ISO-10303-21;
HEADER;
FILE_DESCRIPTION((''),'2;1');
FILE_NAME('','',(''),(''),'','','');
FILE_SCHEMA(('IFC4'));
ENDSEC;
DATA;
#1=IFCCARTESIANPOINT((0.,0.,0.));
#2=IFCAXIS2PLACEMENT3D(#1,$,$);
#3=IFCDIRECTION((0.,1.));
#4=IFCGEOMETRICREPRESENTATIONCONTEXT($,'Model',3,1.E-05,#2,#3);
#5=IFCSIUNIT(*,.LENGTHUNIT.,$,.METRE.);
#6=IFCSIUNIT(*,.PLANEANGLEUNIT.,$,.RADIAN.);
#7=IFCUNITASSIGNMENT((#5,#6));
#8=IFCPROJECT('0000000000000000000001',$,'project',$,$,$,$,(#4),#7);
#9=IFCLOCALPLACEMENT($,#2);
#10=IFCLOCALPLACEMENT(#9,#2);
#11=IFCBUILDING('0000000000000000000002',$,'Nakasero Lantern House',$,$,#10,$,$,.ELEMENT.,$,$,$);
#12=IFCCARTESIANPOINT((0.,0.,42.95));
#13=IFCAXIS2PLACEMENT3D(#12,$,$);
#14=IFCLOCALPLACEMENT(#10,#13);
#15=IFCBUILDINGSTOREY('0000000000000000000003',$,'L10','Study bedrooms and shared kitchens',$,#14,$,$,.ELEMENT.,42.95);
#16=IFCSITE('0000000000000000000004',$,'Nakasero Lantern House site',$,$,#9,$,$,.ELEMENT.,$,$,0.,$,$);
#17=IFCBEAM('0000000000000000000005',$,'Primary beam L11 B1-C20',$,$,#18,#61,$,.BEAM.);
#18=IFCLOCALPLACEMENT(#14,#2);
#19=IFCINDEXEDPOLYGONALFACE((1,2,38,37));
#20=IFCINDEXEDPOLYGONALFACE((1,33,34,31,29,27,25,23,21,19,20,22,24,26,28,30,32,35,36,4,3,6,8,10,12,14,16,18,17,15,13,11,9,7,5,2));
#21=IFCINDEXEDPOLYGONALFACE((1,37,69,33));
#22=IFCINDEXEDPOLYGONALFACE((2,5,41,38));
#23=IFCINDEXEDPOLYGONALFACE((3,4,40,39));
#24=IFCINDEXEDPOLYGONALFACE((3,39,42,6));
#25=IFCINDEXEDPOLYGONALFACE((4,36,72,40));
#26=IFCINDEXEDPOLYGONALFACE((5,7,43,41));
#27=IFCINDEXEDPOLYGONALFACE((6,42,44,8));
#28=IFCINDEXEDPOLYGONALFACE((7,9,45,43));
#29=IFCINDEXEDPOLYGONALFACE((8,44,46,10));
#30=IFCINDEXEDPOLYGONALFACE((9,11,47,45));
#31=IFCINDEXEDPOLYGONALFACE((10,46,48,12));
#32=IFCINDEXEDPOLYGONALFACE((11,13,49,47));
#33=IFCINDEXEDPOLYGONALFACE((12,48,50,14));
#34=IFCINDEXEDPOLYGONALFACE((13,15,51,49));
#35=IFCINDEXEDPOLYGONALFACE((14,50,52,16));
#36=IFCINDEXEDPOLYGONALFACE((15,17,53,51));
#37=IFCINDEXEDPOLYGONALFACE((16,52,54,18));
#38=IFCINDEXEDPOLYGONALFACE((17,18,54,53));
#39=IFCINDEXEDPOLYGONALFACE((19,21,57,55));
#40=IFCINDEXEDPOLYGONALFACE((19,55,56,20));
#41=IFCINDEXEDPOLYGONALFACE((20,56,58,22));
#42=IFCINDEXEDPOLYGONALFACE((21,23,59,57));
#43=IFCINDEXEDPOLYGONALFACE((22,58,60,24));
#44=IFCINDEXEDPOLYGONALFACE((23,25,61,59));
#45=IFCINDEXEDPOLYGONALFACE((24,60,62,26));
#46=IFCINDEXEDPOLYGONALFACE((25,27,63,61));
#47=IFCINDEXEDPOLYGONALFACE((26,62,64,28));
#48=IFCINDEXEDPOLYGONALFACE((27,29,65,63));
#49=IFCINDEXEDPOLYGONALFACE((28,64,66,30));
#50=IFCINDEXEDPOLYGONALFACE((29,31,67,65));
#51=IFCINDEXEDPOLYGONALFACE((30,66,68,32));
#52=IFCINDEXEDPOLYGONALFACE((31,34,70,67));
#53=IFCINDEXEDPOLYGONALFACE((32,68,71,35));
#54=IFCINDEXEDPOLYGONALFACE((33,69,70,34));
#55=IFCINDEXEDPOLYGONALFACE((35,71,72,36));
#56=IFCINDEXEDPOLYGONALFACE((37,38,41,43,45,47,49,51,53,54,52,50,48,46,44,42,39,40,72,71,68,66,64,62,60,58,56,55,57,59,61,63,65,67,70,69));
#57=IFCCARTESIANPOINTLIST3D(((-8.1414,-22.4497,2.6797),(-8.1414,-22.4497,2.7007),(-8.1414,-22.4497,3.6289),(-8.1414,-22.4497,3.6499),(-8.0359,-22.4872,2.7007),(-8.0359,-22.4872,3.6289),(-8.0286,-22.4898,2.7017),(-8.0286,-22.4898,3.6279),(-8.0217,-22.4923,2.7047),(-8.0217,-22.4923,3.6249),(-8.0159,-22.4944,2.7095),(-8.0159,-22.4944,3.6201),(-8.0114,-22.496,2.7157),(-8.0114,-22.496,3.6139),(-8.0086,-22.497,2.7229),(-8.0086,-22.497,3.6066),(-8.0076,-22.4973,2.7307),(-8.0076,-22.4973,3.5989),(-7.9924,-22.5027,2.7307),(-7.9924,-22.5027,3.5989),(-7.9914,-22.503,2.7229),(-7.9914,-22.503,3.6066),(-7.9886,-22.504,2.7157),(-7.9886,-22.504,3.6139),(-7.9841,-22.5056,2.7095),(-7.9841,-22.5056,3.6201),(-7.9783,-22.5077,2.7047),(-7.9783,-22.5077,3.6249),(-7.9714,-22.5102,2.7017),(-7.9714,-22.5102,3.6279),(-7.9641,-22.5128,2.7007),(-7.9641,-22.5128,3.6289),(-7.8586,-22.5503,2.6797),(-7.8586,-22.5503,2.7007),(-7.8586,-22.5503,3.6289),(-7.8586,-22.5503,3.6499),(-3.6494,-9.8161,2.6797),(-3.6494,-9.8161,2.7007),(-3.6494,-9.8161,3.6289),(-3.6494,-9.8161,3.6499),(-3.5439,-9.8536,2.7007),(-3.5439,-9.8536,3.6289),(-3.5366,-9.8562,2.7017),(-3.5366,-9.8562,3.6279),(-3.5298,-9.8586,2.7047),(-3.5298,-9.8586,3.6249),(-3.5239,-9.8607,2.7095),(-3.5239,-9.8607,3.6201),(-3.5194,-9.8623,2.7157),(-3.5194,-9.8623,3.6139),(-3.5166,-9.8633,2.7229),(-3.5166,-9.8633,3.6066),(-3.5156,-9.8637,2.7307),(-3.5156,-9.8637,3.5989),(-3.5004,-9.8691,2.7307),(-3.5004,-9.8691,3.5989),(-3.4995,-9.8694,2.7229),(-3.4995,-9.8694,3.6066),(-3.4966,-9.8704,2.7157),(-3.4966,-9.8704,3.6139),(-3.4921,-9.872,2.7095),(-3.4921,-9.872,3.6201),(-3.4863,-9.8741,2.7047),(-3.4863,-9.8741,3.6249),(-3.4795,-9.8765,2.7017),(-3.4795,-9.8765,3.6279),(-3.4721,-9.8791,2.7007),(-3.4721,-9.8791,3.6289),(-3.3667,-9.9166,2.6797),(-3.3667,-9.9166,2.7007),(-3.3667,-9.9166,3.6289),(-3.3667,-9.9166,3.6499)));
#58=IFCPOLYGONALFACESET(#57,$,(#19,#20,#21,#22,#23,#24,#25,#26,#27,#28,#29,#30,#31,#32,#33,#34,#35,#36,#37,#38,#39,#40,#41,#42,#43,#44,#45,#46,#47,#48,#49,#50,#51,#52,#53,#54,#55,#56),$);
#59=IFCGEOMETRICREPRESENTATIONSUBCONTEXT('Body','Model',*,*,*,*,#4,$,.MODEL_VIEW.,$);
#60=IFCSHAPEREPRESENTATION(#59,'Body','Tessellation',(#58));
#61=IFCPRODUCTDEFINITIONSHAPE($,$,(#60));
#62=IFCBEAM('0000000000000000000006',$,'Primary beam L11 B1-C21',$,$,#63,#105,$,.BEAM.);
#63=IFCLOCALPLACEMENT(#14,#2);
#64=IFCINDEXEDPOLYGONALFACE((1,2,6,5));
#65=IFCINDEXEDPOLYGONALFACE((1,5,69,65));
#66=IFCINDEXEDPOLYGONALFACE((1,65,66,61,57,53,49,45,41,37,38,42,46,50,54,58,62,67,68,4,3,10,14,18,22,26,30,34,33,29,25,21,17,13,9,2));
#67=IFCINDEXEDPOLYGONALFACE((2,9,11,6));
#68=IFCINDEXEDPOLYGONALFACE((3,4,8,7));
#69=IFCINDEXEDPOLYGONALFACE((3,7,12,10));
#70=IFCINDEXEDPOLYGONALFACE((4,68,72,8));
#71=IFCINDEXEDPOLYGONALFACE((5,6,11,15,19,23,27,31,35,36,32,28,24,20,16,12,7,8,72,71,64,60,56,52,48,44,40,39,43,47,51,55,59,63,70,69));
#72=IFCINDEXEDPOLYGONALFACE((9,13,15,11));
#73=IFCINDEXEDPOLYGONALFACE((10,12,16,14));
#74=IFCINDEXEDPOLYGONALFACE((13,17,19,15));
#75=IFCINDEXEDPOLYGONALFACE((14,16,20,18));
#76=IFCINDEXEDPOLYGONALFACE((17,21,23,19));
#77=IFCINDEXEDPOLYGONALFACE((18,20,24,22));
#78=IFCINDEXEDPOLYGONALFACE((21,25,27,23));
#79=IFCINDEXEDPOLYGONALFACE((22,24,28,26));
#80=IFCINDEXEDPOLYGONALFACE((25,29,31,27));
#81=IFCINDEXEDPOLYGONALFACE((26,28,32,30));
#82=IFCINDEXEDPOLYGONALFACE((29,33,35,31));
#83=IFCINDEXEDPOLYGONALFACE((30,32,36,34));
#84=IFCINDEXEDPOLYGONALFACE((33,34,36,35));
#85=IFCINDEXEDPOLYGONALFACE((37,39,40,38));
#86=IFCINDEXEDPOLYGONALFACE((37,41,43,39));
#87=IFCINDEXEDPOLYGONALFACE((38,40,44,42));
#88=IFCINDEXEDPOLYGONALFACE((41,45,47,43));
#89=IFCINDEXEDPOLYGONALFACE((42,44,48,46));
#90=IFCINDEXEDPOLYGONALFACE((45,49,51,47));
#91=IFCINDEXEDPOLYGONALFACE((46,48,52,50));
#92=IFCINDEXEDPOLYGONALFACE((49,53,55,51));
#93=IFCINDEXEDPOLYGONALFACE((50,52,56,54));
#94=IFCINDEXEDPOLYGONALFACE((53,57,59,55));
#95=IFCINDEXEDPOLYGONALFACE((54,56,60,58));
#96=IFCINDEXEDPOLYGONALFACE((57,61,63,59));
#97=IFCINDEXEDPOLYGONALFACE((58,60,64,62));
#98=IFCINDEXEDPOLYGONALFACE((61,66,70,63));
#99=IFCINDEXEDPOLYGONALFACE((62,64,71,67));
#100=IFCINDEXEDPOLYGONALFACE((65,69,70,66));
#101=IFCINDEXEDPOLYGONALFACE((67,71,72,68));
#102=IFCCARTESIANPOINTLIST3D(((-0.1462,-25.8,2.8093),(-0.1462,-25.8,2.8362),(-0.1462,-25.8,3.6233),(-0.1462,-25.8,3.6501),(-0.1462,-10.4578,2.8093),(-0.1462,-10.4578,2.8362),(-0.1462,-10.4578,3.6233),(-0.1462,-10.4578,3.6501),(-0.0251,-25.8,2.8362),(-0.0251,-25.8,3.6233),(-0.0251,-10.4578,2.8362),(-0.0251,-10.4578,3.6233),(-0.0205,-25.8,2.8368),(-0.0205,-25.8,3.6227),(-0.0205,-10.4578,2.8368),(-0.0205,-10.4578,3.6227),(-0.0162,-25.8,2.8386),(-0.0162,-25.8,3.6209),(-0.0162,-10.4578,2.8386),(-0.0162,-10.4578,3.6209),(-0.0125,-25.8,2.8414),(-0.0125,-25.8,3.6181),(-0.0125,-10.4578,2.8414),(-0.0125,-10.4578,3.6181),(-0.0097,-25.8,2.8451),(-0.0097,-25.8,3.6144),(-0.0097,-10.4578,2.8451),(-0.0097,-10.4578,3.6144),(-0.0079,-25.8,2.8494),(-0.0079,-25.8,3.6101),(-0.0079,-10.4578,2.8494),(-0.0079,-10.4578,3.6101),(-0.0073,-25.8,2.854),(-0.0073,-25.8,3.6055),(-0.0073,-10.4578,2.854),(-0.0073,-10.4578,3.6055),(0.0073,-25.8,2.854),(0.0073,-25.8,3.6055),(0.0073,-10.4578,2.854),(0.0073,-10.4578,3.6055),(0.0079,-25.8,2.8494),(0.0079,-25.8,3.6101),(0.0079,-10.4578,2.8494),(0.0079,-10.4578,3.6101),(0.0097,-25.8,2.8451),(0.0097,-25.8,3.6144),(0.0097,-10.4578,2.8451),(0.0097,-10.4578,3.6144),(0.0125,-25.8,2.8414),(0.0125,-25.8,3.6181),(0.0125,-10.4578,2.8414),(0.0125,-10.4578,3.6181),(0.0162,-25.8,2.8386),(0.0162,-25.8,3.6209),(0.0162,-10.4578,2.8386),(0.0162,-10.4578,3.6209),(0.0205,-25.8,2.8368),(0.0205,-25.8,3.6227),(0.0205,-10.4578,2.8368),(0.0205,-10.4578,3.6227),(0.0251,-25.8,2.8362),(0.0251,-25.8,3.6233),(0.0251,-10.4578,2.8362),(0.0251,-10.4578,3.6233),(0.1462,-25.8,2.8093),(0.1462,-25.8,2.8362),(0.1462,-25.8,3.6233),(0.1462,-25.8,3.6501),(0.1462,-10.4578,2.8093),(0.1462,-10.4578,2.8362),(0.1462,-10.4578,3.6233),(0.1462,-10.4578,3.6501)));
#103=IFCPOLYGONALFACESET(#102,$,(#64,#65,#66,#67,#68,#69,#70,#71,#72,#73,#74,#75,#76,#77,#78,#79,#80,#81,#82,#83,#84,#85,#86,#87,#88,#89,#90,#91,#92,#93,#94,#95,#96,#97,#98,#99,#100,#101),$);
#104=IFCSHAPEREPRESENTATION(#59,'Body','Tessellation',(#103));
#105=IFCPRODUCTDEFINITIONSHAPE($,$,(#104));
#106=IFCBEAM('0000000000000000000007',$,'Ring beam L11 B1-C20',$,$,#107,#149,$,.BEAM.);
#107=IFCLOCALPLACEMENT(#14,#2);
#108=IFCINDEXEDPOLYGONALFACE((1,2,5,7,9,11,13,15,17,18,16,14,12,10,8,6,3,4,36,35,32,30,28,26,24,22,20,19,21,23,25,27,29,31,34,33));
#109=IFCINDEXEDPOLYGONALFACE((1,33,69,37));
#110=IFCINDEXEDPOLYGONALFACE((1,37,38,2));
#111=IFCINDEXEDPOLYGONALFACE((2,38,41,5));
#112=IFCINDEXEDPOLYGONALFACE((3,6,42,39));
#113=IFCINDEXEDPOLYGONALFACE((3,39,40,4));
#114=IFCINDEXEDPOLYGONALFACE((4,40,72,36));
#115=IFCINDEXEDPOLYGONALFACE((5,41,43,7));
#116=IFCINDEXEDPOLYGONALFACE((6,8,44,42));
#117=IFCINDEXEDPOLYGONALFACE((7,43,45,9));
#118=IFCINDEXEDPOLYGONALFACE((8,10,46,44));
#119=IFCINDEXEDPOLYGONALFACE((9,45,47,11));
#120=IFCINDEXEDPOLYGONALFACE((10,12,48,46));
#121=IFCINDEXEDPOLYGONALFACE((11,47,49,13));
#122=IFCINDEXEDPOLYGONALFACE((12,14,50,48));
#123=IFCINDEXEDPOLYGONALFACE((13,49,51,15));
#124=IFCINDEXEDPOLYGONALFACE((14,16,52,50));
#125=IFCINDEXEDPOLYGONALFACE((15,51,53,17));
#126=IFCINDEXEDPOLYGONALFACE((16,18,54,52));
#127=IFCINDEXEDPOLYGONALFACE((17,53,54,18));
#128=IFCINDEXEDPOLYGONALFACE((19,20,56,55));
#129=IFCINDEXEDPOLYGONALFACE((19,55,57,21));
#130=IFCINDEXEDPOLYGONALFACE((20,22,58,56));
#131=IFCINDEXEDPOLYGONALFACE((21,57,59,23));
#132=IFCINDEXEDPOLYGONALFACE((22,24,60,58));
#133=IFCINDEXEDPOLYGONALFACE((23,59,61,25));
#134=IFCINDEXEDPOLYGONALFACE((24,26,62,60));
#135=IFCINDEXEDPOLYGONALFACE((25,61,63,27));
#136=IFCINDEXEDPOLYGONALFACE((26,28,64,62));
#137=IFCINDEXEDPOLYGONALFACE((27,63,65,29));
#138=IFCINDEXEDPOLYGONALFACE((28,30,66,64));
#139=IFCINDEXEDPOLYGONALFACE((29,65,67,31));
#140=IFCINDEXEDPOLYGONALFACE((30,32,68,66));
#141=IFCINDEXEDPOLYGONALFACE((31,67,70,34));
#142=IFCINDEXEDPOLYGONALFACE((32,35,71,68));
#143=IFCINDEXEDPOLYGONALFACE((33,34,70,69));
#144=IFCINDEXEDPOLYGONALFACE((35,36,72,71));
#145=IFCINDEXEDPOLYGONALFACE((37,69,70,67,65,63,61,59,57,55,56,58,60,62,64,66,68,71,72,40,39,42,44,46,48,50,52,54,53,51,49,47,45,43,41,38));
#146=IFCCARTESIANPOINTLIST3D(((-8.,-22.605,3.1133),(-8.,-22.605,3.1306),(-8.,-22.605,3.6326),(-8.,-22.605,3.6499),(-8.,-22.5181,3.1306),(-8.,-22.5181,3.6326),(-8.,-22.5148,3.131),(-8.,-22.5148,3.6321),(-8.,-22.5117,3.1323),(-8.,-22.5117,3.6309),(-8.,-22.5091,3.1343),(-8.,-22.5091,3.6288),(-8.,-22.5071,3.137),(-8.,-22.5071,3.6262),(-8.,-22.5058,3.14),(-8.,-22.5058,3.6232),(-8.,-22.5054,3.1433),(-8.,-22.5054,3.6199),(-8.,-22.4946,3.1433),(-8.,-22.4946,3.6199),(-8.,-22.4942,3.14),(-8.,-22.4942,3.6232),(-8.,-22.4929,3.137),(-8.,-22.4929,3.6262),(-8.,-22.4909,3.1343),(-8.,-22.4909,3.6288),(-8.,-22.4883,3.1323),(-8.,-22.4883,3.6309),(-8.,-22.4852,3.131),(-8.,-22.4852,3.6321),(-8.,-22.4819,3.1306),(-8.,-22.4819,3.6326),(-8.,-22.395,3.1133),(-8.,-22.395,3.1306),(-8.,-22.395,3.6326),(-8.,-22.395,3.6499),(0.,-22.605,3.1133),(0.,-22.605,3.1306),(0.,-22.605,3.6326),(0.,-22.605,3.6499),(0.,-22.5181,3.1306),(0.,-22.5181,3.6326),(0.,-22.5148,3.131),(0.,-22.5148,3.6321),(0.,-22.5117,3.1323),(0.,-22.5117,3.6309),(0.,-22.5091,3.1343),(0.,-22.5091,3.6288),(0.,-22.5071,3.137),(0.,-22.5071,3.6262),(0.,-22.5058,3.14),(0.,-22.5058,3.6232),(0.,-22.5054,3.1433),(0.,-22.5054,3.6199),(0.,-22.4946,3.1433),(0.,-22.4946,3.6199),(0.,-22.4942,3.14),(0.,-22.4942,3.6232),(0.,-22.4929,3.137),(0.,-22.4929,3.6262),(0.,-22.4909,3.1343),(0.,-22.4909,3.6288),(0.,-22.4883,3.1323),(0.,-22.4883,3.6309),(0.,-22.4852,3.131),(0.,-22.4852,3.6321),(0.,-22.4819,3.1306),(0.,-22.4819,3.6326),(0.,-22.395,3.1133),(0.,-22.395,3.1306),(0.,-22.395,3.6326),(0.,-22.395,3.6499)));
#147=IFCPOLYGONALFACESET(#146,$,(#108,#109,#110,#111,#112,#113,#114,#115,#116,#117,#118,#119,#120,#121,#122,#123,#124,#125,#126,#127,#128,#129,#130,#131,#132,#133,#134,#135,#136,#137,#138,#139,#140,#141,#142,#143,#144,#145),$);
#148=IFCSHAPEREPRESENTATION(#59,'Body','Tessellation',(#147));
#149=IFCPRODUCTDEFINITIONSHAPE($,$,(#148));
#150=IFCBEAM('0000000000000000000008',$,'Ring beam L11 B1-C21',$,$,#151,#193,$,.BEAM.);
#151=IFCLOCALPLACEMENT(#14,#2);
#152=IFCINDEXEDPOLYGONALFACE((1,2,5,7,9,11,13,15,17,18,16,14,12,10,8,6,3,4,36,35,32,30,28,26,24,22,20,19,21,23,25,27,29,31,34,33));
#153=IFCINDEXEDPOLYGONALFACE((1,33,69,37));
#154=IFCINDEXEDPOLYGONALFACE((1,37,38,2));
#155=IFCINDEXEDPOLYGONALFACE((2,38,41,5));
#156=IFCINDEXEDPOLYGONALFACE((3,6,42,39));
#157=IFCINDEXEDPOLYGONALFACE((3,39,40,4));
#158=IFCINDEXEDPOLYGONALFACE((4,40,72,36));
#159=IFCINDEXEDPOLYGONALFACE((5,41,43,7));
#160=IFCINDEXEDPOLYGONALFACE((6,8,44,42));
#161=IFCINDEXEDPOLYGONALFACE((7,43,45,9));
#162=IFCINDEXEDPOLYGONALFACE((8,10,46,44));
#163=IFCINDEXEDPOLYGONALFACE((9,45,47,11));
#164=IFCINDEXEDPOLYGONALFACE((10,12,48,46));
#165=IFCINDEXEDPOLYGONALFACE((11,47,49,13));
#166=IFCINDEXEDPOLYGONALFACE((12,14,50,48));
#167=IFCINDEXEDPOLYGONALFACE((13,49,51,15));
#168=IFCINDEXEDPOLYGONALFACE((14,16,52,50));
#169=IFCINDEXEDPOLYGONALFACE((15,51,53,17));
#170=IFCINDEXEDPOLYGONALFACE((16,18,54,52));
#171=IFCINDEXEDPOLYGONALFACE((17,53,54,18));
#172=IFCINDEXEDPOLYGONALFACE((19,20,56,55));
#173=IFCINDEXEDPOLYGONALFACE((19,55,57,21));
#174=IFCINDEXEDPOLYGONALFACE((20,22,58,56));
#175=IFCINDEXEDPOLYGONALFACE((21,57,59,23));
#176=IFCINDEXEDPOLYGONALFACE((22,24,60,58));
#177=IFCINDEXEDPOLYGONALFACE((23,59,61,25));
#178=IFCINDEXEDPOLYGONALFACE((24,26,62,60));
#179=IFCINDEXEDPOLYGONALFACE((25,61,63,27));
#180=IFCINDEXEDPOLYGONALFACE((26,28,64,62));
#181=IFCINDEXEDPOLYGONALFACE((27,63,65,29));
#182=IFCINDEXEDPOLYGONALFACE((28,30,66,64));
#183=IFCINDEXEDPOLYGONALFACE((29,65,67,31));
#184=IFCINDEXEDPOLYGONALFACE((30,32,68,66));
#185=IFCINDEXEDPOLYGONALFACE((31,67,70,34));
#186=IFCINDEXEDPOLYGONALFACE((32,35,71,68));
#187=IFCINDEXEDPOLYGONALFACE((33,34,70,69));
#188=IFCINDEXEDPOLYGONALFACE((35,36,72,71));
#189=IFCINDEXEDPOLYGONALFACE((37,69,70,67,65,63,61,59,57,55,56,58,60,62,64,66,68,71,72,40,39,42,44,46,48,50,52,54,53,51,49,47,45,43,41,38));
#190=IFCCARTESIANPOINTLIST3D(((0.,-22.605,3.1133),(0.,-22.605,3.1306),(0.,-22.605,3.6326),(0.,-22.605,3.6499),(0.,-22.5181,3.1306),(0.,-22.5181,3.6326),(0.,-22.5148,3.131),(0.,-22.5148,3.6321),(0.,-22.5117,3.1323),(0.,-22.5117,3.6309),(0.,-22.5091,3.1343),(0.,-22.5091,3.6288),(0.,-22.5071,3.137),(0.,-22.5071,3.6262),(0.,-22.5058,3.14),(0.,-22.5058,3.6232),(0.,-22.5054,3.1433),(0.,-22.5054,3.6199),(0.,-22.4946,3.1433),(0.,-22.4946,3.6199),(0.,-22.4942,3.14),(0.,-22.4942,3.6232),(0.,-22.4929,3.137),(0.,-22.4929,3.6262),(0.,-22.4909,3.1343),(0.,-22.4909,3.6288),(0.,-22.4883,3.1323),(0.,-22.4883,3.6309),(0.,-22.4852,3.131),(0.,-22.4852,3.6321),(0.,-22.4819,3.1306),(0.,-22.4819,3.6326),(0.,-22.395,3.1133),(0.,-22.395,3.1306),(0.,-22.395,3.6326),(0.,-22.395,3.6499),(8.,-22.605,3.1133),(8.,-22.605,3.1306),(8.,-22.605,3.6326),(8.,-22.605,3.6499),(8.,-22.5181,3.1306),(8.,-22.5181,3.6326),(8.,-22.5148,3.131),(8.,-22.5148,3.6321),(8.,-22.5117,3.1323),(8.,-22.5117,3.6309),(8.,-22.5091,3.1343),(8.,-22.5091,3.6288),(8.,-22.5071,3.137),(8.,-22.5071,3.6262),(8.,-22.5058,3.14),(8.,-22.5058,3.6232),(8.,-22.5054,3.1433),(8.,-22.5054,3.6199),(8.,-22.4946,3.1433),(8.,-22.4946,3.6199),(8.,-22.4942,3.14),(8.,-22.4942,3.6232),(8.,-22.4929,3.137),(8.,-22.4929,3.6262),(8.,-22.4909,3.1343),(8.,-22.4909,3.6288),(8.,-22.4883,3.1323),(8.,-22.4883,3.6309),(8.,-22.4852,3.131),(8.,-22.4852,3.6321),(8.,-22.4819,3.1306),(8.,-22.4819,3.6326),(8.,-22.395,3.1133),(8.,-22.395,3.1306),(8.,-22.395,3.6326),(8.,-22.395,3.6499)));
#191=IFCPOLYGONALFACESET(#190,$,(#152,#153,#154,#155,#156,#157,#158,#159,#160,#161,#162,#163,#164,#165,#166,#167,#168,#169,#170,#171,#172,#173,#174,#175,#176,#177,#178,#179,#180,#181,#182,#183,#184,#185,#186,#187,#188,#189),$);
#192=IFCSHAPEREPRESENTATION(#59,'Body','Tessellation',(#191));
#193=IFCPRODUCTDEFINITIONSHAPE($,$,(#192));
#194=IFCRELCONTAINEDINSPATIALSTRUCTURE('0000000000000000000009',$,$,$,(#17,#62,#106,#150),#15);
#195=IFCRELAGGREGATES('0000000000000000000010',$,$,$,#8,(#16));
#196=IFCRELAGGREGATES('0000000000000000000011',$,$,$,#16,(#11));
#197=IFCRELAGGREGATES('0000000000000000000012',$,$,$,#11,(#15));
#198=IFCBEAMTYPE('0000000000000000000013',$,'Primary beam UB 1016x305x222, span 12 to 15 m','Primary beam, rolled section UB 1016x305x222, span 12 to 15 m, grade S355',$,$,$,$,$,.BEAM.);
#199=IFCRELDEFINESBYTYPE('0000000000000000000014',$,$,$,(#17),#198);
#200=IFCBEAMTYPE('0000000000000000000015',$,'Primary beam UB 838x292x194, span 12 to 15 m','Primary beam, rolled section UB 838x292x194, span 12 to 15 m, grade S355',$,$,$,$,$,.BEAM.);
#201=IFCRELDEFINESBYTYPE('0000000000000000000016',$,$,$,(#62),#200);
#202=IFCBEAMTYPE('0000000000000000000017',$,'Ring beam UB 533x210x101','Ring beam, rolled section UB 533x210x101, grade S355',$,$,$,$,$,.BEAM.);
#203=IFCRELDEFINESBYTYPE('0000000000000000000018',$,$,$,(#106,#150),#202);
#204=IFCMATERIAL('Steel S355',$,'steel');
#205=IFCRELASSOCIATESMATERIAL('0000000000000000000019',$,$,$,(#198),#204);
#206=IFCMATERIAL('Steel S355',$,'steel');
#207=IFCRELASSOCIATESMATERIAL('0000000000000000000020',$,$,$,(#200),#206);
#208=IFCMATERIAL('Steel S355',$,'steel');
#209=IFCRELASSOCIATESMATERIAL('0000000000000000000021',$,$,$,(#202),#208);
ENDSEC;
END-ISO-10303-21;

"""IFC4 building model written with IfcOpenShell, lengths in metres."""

from ifc_helpers import new_model, si_unit, direction, frame, origin, origin_2d, place, context, subcontext, project, spatial, i_section, extrude, material, material_profile, profile_set, type_object, element, save


model = new_model("IFC4")

# Units and contexts
model_context = context("Model", 3, precision=1e-05, world=origin(), true_north=direction((0.0, 1.0)))
body_context = subcontext(model_context, "Body", "Model", "MODEL_VIEW")
ifc_project = project(units=[si_unit("LENGTHUNIT", "METRE"), si_unit("PLANEANGLEUNIT", "RADIAN")], contexts=[model_context])

# Site, building, storey
site_placement = place(None, origin())
site = spatial("IfcSite", under=ifc_project, at=site_placement, Name="Nakasero Lantern House site", CompositionType="ELEMENT", RefElevation=0.0)
building_placement = place(site_placement, origin())
building = spatial("IfcBuilding", under=site, at=building_placement, Name="Nakasero Lantern House", CompositionType="ELEMENT")
storey_placement = place(building_placement, frame((0.0, 0.0, 42.95)))
storey = spatial("IfcBuildingStorey", under=building, at=storey_placement, Name="L10", Description="Study bedrooms and shared kitchens", CompositionType="ELEMENT", Elevation=42.95)

# Beams
ifc_material_1 = material(Name="Steel S355", Category="steel")
ifc_material_profile_1 = material_profile(ifc_material_1, i_section(OverallWidth=0.3, OverallDepth=0.9702, WebThickness=0.0161, FlangeThickness=0.021, FilletRadius=0.03, at=origin_2d()), Name="UB 1016x305x222")
ifc_profile_set_1 = profile_set([ifc_material_profile_1], Name="Steel S355")
beam_type_1 = type_object("IfcBeamType", Name="Primary beam UB 1016x305x222, span 12 to 15 m", Description="Primary beam, rolled section UB 1016x305x222, span 12 to 15 m, grade S355", PredefinedType="BEAM", material=ifc_profile_set_1)
beam_1_placement = place(storey_placement, frame((-8.0, -22.5, 3.1648), z_axis=(0.335011, 0.942214, 0.0), x_axis=(-0.942214, 0.335011, 0.0)))
element("IfcBeam", 1, at=beam_1_placement, inside=storey, type_object=beam_type_1, Name="Primary beam L11 B1-C20", PredefinedType="BEAM", context=body_context, shape_type="SweptSolid", body=[
    extrude(i_section(OverallWidth=0.3, OverallDepth=0.9702, WebThickness=0.0161, FlangeThickness=0.021, FilletRadius=0.03, at=origin_2d()), origin(), (0.0, 0.0, 1.0), 13.4084),
])
ifc_material_2 = material(Name="Steel S355", Category="steel")
ifc_material_profile_2 = material_profile(ifc_material_2, i_section(OverallWidth=0.2925, OverallDepth=0.8408, WebThickness=0.0146, FlangeThickness=0.0269, FilletRadius=0.0178, at=origin_2d()), Name="UB 838x292x194")
ifc_profile_set_2 = profile_set([ifc_material_profile_2], Name="Steel S355")
beam_type_2 = type_object("IfcBeamType", Name="Primary beam UB 838x292x194, span 12 to 15 m", Description="Primary beam, rolled section UB 838x292x194, span 12 to 15 m, grade S355", PredefinedType="BEAM", material=ifc_profile_set_2)
beam_2_placement = place(storey_placement, frame((0.0, -25.8, 3.2297), z_axis=(0.0, 1.0, 0.0), x_axis=(-1.0, 0.0, 0.0)))
element("IfcBeam", 2, at=beam_2_placement, inside=storey, type_object=beam_type_2, Name="Primary beam L11 B1-C21", PredefinedType="BEAM", context=body_context, shape_type="SweptSolid", body=[
    extrude(i_section(OverallWidth=0.2925, OverallDepth=0.8408, WebThickness=0.0146, FlangeThickness=0.0269, FilletRadius=0.0178, at=origin_2d()), origin(), (0.0, 0.0, 1.0), 15.3423),
])
ifc_material_3 = material(Name="Steel S355", Category="steel")
ifc_material_profile_3 = material_profile(ifc_material_3, i_section(OverallWidth=0.21, OverallDepth=0.5366, WebThickness=0.0107, FlangeThickness=0.0173, FilletRadius=0.0127, at=origin_2d()), Name="UB 533x210x101")
ifc_profile_set_3 = profile_set([ifc_material_profile_3], Name="Steel S355")
beam_type_3 = type_object("IfcBeamType", Name="Ring beam UB 533x210x101", Description="Ring beam, rolled section UB 533x210x101, grade S355", PredefinedType="BEAM", material=ifc_profile_set_3)
for number, where, z_axis, x_axis, name in (
    (3, (-8.0, -22.5, 3.3816), (1.0, 0.0, 0.0), (0.0, 1.0, 0.0), "Ring beam L11 B1-C20"),
    (4, (0.0, -22.5, 3.3816), (1.0, 0.0, 0.0), (0.0, 1.0, 0.0), "Ring beam L11 B1-C21"),
):
    element("IfcBeam", number, at=place(storey_placement, frame(where, z_axis=z_axis, x_axis=x_axis)), inside=storey, type_object=beam_type_3, Name=name, PredefinedType="BEAM", context=body_context, shape_type="SweptSolid", body=[
        extrude(i_section(OverallWidth=0.21, OverallDepth=0.5366, WebThickness=0.0107, FlangeThickness=0.0173, FilletRadius=0.0127, at=origin_2d()), origin(), (0.0, 0.0, 1.0), 8.0),
    ])

save(model, "model.ifc")
